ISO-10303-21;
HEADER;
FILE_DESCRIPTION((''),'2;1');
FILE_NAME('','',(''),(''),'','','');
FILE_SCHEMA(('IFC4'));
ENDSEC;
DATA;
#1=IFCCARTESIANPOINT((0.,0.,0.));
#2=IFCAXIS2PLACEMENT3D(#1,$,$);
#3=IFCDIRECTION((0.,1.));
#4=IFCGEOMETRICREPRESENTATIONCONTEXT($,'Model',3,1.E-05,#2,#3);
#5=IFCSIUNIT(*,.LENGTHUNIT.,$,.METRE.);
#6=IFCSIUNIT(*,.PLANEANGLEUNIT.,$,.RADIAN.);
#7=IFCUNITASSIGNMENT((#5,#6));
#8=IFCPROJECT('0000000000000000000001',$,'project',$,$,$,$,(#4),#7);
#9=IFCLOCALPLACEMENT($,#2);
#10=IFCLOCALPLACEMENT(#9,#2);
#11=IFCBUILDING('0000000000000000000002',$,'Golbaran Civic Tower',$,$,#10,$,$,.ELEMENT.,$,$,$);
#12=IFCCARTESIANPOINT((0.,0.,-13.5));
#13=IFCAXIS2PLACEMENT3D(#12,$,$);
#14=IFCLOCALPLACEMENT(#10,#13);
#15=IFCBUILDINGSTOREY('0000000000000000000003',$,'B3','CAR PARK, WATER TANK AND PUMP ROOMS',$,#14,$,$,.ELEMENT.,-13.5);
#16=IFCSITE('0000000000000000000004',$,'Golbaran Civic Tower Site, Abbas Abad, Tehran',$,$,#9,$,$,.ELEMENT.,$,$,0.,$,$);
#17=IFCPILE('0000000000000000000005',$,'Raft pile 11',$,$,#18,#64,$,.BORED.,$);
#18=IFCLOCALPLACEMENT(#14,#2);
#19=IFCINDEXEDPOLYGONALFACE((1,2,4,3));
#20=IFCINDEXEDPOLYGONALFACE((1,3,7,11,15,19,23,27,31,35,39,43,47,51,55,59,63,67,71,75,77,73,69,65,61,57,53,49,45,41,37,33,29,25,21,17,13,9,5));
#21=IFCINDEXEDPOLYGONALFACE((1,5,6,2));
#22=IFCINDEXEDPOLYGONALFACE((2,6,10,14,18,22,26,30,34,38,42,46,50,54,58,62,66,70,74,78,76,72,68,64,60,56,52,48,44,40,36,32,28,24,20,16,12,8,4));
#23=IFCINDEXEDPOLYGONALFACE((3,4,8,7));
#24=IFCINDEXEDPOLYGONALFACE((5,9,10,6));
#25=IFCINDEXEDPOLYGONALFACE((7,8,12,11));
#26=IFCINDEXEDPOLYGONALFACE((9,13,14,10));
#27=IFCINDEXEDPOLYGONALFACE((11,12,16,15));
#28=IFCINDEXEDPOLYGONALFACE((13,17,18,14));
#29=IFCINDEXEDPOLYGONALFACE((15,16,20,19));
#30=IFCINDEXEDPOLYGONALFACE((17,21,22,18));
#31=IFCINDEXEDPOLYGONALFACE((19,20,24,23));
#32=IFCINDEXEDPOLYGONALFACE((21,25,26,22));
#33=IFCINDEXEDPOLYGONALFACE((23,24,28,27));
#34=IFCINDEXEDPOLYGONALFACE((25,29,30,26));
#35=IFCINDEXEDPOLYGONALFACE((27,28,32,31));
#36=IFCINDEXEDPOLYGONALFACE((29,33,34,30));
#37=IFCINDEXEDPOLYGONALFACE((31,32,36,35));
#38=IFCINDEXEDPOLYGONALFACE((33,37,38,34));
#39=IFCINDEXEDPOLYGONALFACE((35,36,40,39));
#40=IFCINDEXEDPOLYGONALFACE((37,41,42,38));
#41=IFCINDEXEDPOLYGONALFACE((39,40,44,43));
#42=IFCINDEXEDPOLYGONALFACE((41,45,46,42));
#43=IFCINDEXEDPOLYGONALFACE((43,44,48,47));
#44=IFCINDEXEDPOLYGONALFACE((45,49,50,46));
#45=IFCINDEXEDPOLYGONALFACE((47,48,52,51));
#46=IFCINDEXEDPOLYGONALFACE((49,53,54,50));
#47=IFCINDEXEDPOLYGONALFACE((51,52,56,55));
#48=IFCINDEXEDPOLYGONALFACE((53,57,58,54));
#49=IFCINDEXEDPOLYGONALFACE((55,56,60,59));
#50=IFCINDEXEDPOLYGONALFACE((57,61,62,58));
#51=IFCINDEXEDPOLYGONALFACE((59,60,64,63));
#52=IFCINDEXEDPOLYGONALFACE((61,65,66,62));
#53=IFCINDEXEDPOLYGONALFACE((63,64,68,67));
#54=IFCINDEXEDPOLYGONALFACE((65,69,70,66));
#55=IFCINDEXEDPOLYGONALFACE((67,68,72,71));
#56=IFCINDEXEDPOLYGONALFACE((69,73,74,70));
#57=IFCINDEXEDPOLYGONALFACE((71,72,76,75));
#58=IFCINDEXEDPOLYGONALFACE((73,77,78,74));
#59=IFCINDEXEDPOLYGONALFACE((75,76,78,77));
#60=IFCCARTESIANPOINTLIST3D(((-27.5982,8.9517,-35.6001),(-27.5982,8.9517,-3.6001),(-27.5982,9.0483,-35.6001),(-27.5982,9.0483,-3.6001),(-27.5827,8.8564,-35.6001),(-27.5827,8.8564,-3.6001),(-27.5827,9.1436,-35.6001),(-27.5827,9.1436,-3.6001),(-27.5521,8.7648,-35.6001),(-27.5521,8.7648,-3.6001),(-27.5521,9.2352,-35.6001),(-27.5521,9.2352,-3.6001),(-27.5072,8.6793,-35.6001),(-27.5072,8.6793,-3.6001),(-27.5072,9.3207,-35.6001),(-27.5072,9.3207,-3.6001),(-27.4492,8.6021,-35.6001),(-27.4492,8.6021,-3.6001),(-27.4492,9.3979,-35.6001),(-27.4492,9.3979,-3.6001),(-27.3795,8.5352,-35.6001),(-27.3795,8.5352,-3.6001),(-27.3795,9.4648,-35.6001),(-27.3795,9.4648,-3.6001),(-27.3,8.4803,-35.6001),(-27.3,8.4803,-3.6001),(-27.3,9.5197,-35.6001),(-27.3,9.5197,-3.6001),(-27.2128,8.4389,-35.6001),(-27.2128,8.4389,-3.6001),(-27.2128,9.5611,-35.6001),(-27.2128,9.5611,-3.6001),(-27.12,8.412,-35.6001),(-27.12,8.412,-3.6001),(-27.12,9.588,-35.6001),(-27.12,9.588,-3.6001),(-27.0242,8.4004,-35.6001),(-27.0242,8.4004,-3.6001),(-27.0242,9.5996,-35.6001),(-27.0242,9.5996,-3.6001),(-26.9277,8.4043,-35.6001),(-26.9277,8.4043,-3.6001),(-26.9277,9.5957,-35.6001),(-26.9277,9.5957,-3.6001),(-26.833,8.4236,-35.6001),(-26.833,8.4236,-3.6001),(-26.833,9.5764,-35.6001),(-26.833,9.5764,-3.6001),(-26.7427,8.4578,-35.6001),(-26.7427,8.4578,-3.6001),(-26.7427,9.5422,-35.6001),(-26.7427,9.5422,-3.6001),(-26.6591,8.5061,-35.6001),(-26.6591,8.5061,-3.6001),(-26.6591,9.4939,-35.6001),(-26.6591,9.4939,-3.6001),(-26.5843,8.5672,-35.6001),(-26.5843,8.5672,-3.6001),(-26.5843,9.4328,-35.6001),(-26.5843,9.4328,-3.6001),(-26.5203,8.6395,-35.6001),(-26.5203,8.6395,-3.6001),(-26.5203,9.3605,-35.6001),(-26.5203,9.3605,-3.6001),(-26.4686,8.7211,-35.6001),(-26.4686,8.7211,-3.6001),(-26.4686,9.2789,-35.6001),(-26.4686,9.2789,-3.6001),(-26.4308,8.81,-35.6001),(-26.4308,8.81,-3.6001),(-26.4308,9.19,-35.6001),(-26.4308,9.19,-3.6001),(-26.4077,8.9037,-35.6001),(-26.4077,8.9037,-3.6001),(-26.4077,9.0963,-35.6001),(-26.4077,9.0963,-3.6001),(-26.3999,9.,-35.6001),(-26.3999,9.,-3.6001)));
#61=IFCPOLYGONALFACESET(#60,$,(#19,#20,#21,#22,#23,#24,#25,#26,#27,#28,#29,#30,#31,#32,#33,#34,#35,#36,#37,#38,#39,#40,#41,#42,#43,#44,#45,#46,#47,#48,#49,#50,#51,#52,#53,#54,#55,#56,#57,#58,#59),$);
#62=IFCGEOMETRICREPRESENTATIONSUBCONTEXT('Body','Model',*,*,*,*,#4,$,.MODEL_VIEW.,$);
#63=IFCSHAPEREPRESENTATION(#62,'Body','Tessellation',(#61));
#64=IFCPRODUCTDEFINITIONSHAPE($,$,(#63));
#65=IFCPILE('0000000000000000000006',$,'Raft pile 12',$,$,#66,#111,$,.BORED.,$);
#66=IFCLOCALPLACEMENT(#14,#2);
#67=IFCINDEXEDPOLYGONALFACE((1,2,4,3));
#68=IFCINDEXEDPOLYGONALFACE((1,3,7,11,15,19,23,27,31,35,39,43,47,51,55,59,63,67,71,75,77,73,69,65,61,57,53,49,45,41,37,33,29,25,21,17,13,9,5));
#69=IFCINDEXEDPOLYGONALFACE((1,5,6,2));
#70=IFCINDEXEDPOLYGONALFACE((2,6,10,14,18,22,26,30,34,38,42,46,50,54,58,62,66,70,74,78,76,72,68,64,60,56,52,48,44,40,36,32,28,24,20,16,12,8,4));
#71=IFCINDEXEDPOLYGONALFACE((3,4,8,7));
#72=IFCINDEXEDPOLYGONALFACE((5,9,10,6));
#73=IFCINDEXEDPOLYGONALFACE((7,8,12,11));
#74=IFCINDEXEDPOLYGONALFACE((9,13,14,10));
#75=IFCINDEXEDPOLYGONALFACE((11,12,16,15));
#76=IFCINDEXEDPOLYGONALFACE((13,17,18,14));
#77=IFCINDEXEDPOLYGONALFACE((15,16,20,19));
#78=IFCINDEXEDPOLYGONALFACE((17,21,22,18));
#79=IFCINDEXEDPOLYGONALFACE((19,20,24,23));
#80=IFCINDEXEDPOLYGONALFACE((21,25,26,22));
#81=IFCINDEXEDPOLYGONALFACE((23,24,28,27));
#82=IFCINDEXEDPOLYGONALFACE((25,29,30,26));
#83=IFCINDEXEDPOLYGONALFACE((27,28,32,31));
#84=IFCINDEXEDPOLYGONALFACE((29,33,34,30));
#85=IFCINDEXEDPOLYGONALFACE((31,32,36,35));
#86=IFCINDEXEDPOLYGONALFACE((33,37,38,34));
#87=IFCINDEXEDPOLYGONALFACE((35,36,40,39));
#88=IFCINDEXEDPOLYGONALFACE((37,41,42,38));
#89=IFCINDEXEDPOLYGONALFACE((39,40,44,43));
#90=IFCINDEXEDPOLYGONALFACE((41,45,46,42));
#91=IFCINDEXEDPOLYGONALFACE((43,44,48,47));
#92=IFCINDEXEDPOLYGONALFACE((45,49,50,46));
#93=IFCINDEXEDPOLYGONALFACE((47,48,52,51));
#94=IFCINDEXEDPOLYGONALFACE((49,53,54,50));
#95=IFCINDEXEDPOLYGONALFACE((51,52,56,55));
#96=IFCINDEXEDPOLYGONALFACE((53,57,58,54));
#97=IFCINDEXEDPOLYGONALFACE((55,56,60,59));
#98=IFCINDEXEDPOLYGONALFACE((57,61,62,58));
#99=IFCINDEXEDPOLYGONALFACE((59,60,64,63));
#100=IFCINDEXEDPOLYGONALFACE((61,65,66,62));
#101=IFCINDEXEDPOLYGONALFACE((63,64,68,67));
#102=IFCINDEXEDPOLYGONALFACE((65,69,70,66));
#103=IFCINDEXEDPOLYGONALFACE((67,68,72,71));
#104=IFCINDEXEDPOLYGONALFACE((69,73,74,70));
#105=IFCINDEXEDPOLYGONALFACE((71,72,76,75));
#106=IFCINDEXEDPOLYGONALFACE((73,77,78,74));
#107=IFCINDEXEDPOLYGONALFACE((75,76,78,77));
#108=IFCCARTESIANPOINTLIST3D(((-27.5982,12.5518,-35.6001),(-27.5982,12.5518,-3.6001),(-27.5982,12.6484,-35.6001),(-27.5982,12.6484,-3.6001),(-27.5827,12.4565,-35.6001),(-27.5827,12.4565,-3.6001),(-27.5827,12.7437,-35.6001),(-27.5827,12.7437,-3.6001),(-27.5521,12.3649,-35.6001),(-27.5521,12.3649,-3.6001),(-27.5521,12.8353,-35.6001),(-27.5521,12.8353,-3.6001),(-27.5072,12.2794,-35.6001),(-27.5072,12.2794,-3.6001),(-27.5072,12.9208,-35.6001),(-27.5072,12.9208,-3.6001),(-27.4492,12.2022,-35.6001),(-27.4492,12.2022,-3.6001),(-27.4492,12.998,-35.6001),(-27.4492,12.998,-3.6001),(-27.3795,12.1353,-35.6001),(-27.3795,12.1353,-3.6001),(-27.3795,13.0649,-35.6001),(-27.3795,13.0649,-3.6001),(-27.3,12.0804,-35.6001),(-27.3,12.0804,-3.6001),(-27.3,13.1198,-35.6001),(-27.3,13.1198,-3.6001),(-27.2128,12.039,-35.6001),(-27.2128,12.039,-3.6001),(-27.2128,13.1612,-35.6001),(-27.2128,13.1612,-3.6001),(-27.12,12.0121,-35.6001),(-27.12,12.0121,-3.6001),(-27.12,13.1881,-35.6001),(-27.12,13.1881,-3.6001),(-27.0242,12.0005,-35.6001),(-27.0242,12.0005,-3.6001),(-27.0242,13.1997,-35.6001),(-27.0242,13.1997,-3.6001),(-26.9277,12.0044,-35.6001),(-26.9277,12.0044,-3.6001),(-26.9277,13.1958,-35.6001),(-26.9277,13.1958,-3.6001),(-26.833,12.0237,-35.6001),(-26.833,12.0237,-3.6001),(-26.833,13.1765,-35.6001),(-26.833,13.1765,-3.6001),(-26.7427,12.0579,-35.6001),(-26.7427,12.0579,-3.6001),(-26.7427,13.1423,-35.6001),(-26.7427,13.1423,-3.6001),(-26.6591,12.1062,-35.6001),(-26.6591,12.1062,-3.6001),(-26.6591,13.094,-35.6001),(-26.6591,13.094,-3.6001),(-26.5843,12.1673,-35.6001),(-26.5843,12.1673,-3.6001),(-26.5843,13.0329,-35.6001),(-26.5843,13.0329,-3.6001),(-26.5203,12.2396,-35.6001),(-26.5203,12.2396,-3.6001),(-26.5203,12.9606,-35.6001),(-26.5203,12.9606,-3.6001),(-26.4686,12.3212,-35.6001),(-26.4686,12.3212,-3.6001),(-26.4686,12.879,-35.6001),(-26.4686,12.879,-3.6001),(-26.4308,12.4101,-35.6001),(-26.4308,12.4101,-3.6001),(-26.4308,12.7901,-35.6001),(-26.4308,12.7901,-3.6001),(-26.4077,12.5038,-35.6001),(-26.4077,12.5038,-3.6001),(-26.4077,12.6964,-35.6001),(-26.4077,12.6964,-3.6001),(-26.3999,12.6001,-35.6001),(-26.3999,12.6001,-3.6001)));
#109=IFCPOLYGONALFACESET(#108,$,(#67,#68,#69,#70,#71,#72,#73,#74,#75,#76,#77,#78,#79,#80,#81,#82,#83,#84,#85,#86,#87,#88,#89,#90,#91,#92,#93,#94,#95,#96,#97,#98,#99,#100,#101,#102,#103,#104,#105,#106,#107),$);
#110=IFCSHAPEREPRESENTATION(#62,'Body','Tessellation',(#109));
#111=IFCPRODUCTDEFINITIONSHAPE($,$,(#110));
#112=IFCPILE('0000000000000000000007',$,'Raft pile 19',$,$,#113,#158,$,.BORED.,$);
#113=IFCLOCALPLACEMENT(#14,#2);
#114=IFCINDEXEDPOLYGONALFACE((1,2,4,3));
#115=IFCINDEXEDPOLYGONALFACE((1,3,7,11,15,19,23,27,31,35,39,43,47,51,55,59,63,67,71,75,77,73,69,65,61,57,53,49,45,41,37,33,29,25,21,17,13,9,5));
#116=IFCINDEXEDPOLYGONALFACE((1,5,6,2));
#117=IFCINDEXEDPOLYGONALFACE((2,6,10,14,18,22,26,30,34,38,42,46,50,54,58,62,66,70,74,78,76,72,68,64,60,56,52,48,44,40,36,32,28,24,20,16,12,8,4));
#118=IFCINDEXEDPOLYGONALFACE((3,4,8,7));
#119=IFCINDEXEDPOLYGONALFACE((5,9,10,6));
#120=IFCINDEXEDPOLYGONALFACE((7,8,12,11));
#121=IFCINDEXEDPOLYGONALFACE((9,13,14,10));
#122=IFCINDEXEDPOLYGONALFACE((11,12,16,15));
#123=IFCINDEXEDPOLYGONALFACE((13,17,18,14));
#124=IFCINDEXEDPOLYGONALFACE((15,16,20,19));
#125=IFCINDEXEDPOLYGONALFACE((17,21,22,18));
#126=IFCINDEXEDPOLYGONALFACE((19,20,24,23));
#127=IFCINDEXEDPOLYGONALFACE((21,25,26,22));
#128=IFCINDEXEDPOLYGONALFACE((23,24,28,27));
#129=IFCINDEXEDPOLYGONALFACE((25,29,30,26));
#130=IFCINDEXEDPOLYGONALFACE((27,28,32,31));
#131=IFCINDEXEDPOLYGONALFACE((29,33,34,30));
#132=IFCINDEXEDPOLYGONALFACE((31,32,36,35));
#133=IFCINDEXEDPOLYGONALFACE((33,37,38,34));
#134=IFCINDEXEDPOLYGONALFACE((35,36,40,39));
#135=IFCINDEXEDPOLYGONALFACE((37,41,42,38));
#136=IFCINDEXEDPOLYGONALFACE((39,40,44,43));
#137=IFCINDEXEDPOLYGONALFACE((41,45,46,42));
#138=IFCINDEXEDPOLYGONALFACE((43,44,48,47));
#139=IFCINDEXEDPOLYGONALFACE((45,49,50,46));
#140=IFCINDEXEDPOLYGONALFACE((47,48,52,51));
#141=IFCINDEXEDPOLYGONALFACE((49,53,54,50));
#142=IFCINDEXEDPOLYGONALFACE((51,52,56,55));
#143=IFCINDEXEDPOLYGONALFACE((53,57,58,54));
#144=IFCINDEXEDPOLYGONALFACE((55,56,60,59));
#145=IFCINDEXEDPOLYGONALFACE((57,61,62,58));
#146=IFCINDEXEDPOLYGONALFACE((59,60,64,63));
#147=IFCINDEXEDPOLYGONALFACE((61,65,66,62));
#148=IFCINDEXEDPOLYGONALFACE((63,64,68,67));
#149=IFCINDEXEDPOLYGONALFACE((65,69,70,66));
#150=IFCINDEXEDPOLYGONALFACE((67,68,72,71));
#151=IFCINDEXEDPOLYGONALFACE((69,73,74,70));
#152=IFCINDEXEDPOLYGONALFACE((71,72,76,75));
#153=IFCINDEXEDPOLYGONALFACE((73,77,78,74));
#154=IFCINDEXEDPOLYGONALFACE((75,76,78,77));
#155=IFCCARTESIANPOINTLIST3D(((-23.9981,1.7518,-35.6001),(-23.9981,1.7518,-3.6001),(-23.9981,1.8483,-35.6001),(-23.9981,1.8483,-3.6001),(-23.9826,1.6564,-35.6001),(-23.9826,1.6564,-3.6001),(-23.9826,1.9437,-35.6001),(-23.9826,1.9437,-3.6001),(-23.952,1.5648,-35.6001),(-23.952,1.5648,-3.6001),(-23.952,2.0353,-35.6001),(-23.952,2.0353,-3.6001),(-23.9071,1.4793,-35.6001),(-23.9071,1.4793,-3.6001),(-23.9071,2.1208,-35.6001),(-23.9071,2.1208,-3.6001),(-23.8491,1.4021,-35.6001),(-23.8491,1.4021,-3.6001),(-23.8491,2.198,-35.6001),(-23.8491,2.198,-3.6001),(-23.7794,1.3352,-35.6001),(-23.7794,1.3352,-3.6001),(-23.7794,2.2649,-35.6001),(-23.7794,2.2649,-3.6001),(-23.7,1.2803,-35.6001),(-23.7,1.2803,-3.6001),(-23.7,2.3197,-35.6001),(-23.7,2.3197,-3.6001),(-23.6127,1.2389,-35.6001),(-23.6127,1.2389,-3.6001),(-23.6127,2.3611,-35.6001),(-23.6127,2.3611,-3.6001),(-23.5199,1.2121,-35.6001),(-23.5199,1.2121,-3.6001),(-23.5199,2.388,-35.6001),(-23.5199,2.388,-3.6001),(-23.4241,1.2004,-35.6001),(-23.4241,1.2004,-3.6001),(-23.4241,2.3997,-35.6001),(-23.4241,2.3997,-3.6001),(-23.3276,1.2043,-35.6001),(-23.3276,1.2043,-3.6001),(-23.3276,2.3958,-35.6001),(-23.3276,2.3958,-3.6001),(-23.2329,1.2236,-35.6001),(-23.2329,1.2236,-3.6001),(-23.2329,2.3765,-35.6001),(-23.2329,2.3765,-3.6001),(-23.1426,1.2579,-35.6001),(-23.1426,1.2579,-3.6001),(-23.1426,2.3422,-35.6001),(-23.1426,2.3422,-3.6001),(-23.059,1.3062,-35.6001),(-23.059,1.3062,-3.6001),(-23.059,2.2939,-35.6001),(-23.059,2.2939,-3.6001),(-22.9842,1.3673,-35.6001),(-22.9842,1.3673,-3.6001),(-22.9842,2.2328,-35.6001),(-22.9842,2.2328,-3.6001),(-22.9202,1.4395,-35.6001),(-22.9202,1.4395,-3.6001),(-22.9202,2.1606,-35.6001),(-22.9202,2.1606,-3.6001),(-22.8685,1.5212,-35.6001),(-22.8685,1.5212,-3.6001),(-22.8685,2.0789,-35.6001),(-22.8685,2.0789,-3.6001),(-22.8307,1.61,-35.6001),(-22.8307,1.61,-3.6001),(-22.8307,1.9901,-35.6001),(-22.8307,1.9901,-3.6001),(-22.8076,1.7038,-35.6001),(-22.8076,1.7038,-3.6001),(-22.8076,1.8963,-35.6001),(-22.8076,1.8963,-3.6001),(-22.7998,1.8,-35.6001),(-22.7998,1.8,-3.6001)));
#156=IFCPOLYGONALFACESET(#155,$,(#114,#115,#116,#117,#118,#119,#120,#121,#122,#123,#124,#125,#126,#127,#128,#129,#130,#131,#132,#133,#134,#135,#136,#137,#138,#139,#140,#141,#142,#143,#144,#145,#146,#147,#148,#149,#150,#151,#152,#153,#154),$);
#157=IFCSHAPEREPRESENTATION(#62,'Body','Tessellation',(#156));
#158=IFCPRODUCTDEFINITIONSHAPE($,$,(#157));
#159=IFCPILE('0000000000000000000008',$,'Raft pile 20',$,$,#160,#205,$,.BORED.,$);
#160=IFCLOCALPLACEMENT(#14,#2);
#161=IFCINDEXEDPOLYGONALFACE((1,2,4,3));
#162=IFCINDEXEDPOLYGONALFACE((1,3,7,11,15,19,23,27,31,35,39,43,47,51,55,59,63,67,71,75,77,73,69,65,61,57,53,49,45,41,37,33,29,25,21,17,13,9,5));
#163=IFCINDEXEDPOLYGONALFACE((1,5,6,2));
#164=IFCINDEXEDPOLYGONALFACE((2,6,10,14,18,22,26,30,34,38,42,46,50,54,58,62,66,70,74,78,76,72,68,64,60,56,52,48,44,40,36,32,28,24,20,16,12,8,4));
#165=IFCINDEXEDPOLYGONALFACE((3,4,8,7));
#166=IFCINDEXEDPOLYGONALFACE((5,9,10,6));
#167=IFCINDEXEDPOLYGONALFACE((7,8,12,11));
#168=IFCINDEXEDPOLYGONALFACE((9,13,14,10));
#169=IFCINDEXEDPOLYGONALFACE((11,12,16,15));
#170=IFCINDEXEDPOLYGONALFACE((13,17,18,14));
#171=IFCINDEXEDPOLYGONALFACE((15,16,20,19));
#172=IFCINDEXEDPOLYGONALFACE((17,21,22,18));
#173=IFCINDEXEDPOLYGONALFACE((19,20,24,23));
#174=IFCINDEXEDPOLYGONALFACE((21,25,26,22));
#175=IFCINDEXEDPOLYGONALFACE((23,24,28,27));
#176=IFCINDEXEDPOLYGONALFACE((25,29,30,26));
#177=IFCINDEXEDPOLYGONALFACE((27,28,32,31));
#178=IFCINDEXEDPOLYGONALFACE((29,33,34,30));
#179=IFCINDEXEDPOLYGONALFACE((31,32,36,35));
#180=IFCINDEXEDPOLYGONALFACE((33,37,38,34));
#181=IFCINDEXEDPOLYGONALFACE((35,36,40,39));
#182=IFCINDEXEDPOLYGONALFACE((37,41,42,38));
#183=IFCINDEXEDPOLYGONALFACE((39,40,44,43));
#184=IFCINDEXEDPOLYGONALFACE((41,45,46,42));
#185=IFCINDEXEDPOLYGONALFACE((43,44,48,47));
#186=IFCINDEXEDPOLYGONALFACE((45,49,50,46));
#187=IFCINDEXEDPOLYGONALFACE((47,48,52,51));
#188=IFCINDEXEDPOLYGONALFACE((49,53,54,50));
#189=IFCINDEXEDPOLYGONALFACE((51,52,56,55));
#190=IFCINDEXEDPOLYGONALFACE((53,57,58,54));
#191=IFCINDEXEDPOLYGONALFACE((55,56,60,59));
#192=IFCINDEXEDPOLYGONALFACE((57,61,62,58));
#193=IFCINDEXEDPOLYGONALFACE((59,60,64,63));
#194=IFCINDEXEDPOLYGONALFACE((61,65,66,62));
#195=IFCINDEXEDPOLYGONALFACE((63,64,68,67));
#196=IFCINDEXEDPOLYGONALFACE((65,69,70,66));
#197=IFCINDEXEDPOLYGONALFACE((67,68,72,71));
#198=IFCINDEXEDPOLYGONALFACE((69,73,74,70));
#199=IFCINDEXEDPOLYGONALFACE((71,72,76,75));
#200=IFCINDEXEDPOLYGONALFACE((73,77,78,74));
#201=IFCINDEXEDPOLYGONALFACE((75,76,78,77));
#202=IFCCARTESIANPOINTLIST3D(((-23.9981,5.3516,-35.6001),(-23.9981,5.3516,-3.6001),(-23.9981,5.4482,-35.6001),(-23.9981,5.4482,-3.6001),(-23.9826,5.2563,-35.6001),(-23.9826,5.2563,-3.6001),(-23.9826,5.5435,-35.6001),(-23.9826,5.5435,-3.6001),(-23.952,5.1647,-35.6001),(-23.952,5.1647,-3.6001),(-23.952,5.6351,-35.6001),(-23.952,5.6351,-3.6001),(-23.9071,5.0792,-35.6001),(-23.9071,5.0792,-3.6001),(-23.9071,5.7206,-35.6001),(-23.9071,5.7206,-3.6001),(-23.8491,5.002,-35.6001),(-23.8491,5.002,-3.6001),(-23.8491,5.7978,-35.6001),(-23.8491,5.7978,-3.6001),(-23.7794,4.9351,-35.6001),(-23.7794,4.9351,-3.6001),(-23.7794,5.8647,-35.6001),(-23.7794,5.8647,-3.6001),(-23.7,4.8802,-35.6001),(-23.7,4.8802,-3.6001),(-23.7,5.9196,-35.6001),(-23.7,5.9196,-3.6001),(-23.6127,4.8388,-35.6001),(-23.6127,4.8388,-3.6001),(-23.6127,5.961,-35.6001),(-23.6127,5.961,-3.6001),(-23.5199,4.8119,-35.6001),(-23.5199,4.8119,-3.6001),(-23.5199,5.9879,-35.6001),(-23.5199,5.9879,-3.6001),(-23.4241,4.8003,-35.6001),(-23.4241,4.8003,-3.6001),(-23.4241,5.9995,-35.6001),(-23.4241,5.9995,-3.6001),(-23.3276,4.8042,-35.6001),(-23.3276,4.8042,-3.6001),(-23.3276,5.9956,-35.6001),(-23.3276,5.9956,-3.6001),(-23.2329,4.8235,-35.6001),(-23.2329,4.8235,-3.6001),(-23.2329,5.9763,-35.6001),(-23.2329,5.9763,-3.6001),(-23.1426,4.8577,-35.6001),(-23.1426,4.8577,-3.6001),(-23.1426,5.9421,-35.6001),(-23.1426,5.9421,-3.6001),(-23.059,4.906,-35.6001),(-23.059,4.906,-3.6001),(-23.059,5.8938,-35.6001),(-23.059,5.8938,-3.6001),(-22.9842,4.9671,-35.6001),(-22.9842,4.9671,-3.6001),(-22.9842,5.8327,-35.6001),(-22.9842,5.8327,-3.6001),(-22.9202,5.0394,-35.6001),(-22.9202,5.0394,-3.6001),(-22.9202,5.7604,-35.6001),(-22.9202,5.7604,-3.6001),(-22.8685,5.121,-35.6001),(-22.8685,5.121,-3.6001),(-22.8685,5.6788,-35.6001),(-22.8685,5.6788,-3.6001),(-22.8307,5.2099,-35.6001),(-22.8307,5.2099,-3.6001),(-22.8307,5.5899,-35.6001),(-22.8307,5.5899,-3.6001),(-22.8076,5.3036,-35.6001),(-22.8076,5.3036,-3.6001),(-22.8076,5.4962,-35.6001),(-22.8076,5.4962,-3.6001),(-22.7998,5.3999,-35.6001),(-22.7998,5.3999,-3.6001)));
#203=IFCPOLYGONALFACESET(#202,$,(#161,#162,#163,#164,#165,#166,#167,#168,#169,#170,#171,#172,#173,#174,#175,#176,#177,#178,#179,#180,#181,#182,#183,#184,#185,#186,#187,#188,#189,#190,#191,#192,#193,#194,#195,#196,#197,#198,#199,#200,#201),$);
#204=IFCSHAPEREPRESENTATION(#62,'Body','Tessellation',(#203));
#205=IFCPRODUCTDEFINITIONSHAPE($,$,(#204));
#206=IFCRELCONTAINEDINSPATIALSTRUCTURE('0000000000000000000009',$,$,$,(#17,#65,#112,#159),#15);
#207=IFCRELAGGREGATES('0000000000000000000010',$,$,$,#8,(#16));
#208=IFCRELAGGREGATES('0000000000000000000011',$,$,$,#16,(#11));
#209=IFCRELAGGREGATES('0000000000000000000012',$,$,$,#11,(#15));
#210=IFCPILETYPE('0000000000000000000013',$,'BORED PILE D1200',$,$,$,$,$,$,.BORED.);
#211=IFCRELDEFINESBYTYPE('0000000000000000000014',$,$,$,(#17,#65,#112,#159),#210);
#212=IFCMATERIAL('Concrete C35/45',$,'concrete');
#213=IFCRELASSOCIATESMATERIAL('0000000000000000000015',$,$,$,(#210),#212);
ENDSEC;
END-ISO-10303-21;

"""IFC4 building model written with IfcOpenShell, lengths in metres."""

from ifc_helpers import new_model, si_unit, direction, frame, origin, origin_2d, place, context, subcontext, project, spatial, circle, extrude, material, material_profile, profile_set, type_object, element, save


model = new_model("IFC4")

# Units and contexts
model_context = context("Model", 3, precision=1e-05, world=origin(), true_north=direction((0.0, 1.0)))
body_context = subcontext(model_context, "Body", "Model", "MODEL_VIEW")
ifc_project = project(units=[si_unit("LENGTHUNIT", "METRE"), si_unit("PLANEANGLEUNIT", "RADIAN")], contexts=[model_context])

# Site, building, storey
site_placement = place(None, origin())
site = spatial("IfcSite", under=ifc_project, at=site_placement, Name="Golbaran Civic Tower Site, Abbas Abad, Tehran", CompositionType="ELEMENT", RefElevation=0.0)
building_placement = place(site_placement, origin())
building = spatial("IfcBuilding", under=site, at=building_placement, Name="Golbaran Civic Tower", CompositionType="ELEMENT")
storey_placement = place(building_placement, frame((0.0, 0.0, -13.5)))
storey = spatial("IfcBuildingStorey", under=building, at=storey_placement, Name="B3", Description="CAR PARK, WATER TANK AND PUMP ROOMS", CompositionType="ELEMENT", Elevation=-13.5)

# Piles
ifc_material_1 = material(Name="Concrete C35/45", Category="concrete")
ifc_material_profile_1 = material_profile(ifc_material_1, circle(Radius=0.6001, at=origin_2d()), Name="BORED PILE D1200")
ifc_profile_set_1 = profile_set([ifc_material_profile_1], Name="Concrete C35/45")
pile_type_1 = type_object("IfcPileType", Name="BORED PILE D1200", PredefinedType="BORED", material=ifc_profile_set_1)
for number, where, z_axis, x_axis, name in (
    (1, (-27.0, 9.0, -3.6001), (0.0, 0.0, -1.0), (1.0, 0.0, 0.0), "Raft pile 11"),
    (2, (-27.0, 12.6001, -3.6001), (0.0, 0.0, -1.0), (1.0, 0.0, 0.0), "Raft pile 12"),
    (3, (-23.3999, 1.8, -3.6001), (0.0, 0.0, -1.0), (1.0, 0.0, 0.0), "Raft pile 19"),
    (4, (-23.3999, 5.3999, -3.6001), (0.0, 0.0, -1.0), (1.0, 0.0, 0.0), "Raft pile 20"),
):
    element("IfcPile", number, at=place(storey_placement, frame(where, z_axis=z_axis, x_axis=x_axis)), inside=storey, type_object=pile_type_1, Name=name, PredefinedType="BORED", context=body_context, shape_type="SweptSolid", body=[
        extrude(circle(Radius=0.6001, at=origin_2d()), origin(), (0.0, 0.0, 1.0), 32.0),
    ])

save(model, "model.ifc")
